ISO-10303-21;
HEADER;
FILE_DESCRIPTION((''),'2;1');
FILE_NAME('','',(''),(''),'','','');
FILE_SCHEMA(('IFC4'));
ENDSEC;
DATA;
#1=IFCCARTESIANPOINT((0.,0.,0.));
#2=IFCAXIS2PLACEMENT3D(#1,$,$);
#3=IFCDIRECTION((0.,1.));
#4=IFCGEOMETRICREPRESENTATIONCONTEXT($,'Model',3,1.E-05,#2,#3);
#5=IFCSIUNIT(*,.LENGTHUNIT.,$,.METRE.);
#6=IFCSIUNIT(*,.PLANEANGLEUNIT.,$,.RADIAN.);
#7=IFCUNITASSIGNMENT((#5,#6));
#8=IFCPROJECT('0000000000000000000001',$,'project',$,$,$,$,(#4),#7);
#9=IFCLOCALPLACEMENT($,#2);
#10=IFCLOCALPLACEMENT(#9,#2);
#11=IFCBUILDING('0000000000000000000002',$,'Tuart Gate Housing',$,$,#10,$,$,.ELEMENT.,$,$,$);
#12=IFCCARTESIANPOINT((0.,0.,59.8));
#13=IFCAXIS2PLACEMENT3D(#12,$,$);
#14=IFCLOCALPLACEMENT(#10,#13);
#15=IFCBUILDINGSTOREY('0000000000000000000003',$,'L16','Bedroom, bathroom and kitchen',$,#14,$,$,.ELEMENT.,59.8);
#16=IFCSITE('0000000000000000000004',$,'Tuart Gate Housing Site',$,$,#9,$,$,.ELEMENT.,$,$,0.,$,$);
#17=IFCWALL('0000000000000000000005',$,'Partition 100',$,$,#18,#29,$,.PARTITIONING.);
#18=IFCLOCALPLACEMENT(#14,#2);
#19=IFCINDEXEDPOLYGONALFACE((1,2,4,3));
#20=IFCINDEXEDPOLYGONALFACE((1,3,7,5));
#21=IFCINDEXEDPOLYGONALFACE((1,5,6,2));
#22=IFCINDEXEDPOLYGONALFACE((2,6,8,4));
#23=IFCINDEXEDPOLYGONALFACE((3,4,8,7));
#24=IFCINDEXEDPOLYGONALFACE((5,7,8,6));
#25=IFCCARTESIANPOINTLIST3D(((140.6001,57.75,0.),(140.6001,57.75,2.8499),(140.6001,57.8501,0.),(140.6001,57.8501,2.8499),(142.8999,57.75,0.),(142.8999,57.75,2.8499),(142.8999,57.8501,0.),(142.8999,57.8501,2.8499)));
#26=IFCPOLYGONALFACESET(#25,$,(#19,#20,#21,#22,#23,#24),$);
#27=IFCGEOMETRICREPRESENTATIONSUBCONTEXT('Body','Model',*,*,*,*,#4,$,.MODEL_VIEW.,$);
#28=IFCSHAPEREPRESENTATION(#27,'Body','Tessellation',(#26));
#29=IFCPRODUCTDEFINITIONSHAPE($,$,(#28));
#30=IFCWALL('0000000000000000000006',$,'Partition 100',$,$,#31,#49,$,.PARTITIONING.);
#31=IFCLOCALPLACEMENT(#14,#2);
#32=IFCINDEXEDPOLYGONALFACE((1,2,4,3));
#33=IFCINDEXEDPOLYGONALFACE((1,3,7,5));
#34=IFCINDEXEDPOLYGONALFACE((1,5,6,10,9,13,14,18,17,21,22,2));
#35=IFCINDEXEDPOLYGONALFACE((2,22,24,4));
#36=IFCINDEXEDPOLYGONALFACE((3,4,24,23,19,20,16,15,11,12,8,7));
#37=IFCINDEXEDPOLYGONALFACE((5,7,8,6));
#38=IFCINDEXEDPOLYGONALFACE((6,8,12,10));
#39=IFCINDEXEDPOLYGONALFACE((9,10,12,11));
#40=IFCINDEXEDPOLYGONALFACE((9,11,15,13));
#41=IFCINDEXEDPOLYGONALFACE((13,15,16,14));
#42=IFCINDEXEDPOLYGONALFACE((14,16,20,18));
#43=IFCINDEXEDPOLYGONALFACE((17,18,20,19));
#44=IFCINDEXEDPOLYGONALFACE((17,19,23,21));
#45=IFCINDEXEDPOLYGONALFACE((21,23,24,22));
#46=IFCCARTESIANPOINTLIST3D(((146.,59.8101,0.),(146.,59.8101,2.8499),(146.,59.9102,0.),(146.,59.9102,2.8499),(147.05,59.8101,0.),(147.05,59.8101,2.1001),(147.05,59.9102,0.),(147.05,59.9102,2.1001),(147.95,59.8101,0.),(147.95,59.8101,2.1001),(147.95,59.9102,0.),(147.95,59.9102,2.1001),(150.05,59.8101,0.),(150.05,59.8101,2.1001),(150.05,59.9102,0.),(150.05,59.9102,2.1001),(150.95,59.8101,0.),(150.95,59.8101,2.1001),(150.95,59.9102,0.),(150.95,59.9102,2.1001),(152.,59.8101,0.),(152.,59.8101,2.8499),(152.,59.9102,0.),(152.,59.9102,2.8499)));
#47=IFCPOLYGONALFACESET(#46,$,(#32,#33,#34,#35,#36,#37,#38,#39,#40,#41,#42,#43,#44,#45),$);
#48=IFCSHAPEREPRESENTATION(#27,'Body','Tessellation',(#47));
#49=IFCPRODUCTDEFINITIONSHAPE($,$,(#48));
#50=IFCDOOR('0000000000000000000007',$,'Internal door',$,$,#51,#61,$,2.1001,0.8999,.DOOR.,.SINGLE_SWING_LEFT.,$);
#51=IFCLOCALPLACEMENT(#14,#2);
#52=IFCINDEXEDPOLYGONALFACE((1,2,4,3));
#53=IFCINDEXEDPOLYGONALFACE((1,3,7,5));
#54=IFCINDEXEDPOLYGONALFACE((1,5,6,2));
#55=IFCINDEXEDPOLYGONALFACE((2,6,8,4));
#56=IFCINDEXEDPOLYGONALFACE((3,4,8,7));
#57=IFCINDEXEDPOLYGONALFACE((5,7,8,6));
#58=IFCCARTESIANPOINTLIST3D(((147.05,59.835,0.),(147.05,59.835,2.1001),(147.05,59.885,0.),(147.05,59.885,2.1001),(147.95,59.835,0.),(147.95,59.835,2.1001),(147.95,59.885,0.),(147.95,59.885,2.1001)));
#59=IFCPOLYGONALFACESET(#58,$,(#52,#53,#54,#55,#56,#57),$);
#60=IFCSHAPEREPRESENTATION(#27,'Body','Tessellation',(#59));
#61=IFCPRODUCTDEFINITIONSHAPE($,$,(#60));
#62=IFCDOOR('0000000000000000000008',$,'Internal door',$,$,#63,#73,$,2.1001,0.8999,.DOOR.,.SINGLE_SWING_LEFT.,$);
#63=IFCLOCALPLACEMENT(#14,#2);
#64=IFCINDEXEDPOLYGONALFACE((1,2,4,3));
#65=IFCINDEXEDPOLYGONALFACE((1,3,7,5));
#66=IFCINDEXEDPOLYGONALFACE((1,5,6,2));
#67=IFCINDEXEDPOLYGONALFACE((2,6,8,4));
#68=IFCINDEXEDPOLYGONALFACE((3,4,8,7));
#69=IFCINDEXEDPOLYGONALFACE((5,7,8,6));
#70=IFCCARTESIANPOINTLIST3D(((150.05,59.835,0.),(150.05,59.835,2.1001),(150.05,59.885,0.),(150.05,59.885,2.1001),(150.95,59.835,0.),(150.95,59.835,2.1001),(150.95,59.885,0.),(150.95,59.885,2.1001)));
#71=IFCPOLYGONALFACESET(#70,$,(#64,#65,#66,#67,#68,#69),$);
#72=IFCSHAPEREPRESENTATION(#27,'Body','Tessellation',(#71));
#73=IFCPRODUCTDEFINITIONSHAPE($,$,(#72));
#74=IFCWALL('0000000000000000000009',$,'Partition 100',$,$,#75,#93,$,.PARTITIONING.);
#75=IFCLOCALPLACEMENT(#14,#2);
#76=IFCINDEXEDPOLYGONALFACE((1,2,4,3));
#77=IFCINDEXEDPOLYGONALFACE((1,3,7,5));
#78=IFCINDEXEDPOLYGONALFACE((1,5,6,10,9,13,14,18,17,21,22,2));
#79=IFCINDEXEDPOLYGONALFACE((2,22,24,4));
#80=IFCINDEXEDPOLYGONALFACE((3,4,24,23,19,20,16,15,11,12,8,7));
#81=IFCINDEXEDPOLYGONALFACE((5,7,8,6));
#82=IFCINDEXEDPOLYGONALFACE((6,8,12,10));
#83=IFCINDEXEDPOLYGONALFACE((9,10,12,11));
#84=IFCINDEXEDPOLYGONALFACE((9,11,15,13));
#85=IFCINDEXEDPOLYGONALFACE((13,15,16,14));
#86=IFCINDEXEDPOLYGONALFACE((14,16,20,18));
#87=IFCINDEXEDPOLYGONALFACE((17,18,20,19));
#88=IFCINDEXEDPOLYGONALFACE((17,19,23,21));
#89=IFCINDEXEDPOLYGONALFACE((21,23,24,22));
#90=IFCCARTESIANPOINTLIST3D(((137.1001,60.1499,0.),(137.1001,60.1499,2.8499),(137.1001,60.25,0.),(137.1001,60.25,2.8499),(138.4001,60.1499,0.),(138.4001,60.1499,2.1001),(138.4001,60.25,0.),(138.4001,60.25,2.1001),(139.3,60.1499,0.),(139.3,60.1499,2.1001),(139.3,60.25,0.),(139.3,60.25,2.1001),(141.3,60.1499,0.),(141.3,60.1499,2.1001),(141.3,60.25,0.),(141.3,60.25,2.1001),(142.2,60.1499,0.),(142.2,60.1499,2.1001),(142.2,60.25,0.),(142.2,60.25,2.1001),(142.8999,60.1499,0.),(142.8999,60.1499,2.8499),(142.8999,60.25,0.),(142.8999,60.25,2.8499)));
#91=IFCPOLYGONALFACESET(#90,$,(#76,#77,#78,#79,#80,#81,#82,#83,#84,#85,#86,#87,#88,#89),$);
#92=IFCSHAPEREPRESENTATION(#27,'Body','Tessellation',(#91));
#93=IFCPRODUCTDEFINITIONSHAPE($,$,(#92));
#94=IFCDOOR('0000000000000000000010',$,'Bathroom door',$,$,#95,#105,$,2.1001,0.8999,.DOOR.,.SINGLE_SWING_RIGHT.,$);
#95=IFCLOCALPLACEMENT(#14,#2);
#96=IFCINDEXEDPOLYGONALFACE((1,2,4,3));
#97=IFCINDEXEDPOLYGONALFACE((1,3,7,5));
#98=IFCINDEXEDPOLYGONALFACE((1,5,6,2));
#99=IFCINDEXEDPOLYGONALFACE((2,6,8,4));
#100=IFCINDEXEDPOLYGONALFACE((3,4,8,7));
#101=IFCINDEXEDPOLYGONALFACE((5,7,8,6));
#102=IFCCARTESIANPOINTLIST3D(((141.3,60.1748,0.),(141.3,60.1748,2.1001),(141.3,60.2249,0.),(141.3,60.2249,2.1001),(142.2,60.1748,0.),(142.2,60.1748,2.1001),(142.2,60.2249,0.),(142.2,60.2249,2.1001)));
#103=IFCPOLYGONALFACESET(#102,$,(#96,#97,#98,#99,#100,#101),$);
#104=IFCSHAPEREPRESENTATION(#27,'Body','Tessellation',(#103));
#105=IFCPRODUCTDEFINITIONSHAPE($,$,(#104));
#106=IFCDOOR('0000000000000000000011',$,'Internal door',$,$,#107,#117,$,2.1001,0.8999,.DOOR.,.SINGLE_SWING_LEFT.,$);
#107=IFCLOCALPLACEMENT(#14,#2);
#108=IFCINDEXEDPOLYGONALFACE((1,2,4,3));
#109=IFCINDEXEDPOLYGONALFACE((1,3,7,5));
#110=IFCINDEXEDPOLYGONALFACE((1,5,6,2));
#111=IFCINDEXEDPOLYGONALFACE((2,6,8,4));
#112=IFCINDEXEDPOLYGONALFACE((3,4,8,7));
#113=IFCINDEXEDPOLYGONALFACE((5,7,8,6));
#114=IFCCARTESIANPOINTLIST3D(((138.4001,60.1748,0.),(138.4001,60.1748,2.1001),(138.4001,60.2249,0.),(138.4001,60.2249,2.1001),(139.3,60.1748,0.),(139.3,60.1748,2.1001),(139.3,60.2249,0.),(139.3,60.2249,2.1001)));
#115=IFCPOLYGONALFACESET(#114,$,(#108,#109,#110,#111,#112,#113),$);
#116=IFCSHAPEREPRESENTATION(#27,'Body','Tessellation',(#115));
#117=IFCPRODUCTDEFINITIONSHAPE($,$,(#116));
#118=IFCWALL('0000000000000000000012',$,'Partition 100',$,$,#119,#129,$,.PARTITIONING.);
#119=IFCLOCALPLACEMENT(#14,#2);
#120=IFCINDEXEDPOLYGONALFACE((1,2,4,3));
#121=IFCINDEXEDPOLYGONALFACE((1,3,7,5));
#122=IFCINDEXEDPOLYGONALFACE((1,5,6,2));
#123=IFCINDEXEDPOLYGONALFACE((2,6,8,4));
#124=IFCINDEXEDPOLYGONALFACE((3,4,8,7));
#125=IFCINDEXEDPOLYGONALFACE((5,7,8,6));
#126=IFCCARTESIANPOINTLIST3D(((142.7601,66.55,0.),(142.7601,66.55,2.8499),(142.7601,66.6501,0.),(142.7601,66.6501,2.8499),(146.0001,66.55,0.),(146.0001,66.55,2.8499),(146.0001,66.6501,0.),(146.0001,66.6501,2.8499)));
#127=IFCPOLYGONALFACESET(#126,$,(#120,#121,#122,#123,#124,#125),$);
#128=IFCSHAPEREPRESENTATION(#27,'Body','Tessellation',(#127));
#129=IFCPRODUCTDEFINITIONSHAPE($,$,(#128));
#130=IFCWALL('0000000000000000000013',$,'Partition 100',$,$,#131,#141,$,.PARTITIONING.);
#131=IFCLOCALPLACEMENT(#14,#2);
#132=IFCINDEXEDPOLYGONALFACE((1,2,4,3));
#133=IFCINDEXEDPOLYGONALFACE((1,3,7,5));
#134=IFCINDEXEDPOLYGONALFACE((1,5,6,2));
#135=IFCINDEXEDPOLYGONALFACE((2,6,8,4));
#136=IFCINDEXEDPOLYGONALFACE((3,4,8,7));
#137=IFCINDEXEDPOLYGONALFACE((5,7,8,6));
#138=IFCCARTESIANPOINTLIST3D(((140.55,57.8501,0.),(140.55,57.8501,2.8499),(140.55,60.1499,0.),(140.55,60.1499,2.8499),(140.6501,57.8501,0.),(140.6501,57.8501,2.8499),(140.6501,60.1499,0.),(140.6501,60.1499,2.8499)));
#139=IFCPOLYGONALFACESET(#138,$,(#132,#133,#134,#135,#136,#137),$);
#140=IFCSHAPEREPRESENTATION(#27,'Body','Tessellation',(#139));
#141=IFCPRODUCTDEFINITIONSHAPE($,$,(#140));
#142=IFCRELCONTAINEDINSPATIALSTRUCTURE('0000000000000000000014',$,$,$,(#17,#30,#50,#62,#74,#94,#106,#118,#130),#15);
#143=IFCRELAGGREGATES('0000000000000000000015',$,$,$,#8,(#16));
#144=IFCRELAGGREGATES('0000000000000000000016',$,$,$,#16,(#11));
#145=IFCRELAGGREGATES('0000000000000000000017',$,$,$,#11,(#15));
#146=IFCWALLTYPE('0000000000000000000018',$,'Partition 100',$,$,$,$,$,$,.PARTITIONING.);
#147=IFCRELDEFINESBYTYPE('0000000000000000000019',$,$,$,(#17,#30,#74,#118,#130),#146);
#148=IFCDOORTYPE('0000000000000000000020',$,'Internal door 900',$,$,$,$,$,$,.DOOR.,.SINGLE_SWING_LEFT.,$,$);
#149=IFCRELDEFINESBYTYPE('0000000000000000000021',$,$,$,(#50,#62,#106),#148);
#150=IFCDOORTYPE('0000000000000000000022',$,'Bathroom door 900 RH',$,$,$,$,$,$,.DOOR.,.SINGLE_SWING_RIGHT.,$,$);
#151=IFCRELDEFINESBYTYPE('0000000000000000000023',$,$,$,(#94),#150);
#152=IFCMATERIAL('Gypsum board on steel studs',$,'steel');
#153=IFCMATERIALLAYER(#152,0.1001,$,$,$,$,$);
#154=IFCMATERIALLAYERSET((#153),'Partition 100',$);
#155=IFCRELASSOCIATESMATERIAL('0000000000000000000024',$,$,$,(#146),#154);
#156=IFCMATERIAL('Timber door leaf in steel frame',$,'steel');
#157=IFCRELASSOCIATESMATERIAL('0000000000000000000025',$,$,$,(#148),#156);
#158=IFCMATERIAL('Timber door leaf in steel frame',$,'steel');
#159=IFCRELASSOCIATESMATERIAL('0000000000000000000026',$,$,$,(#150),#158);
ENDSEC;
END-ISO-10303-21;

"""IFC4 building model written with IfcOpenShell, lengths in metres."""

from ifc_helpers import new_model, si_unit, direction, frame, frame_2d, origin, place, context, subcontext, project, spatial, rectangle, extrude, material, layer, layer_set, type_object, element, fill, save


model = new_model("IFC4")

# Units and contexts
model_context = context("Model", 3, precision=1e-05, world=origin(), true_north=direction((0.0, 1.0)))
body_context = subcontext(model_context, "Body", "Model", "MODEL_VIEW")
ifc_project = project(units=[si_unit("LENGTHUNIT", "METRE"), si_unit("PLANEANGLEUNIT", "RADIAN")], contexts=[model_context])

# Site, building, storey
site_placement = place(None, origin())
site = spatial("IfcSite", under=ifc_project, at=site_placement, Name="Tuart Gate Housing Site", CompositionType="ELEMENT", RefElevation=0.0)
building_placement = place(site_placement, origin())
building = spatial("IfcBuilding", under=site, at=building_placement, Name="Tuart Gate Housing", CompositionType="ELEMENT")
storey_placement = place(building_placement, frame((0.0, 0.0, 59.8)))
storey = spatial("IfcBuildingStorey", under=building, at=storey_placement, Name="L16", Description="Bedroom, bathroom and kitchen", CompositionType="ELEMENT", Elevation=59.8)

# Wall
ifc_material_1 = material(Name="Gypsum board on steel studs", Category="steel")
ifc_layer_1 = layer(ifc_material_1, 0.1001)
ifc_layer_set_1 = layer_set([ifc_layer_1], Name="Partition 100")
wall_type_1 = type_object("IfcWallType", Name="Partition 100", PredefinedType="PARTITIONING", material=ifc_layer_set_1)
wall_1_placement = place(storey_placement, frame((140.6001, 57.8, 0.0), z_axis=(0.0, 0.0, 1.0), x_axis=(1.0, 0.0, 0.0)))
element("IfcWall", 1, at=wall_1_placement, inside=storey, type_object=wall_type_1, Name="Partition 100", PredefinedType="PARTITIONING", context=body_context, shape_type="SweptSolid", body=[
    extrude(rectangle(XDim=2.2998, YDim=0.1001, at=frame_2d((1.1499, 0.0))), origin(), (0.0, 0.0, 1.0), 2.8499),
])

# Walls, openings, doors
wall_2_placement = place(storey_placement, frame((146.0, 59.8601, 0.0), z_axis=(0.0, 0.0, 1.0), x_axis=(1.0, 0.0, 0.0)))
wall_2 = element("IfcWall", 2, at=wall_2_placement, inside=storey, type_object=wall_type_1, Name="Partition 100", PredefinedType="PARTITIONING", context=body_context, shape_type="SweptSolid", body=[
    extrude(rectangle(XDim=6.0, YDim=0.1001, at=frame_2d((3.0, 0.0))), origin(), (0.0, 0.0, 1.0), 2.8499),
])
opening_1_placement = place(wall_2_placement, frame((1.05, 0.0, 0.0)))
opening_1 = element("IfcOpeningElement", 3, at=opening_1_placement, cuts=wall_2, PredefinedType="OPENING", context=body_context, shape_type="SweptSolid", body=[
    extrude(rectangle(XDim=0.8999, YDim=2.1001, at=frame_2d((0.45, 1.05))), frame((0.0, 0.0601, 0.0), z_axis=(0.0, -1.0, 0.0), x_axis=(1.0, 0.0, 0.0)), (0.0, 0.0, 1.0), 0.1201),
])
opening_2_placement = place(wall_2_placement, frame((4.05, 0.0, 0.0)))
opening_2 = element("IfcOpeningElement", 4, at=opening_2_placement, cuts=wall_2, PredefinedType="OPENING", context=body_context, shape_type="SweptSolid", body=[
    extrude(rectangle(XDim=0.8999, YDim=2.1001, at=frame_2d((0.45, 1.05))), frame((0.0, 0.0601, 0.0), z_axis=(0.0, -1.0, 0.0), x_axis=(1.0, 0.0, 0.0)), (0.0, 0.0, 1.0), 0.1201),
])
ifc_material_2 = material(Name="Timber door leaf in steel frame", Category="steel")
door_type_1 = type_object("IfcDoorType", Name="Internal door 900", OperationType="SINGLE_SWING_LEFT", PredefinedType="DOOR", material=ifc_material_2)
door_1_placement = place(opening_1_placement, origin())
door_1 = element("IfcDoor", 5, at=door_1_placement, inside=storey, type_object=door_type_1, Name="Internal door", OperationType="SINGLE_SWING_LEFT", OverallHeight=2.1001, OverallWidth=0.8999, PredefinedType="DOOR", context=body_context, shape_type="SweptSolid", body=[
    extrude(rectangle(XDim=0.8999, YDim=2.1001, at=frame_2d((0.45, 1.05))), frame((0.0, 0.0249, 0.0), z_axis=(0.0, -1.0, 0.0), x_axis=(1.0, 0.0, 0.0)), (0.0, 0.0, 1.0), 0.05),
])
fill(opening_1, door_1)
door_2_placement = place(opening_2_placement, origin())
door_2 = element("IfcDoor", 6, at=door_2_placement, inside=storey, type_object=door_type_1, Name="Internal door", OperationType="SINGLE_SWING_LEFT", OverallHeight=2.1001, OverallWidth=0.8999, PredefinedType="DOOR", context=body_context, shape_type="SweptSolid", body=[
    extrude(rectangle(XDim=0.8999, YDim=2.1001, at=frame_2d((0.45, 1.05))), frame((0.0, 0.0249, 0.0), z_axis=(0.0, -1.0, 0.0), x_axis=(1.0, 0.0, 0.0)), (0.0, 0.0, 1.0), 0.05),
])
fill(opening_2, door_2)
wall_3_placement = place(storey_placement, frame((137.1001, 60.2, 0.0), z_axis=(0.0, 0.0, 1.0), x_axis=(1.0, 0.0, 0.0)))
wall_3 = element("IfcWall", 7, at=wall_3_placement, inside=storey, type_object=wall_type_1, Name="Partition 100", PredefinedType="PARTITIONING", context=body_context, shape_type="SweptSolid", body=[
    extrude(rectangle(XDim=5.7998, YDim=0.1001, at=frame_2d((2.8999, 0.0))), origin(), (0.0, 0.0, 1.0), 2.8499),
])
opening_3_placement = place(wall_3_placement, frame((1.3, 0.0, 0.0)))
opening_3 = element("IfcOpeningElement", 8, at=opening_3_placement, cuts=wall_3, PredefinedType="OPENING", context=body_context, shape_type="SweptSolid", body=[
    extrude(rectangle(XDim=0.8999, YDim=2.1001, at=frame_2d((0.45, 1.05))), frame((0.0, 0.0601, 0.0), z_axis=(0.0, -1.0, 0.0), x_axis=(1.0, 0.0, 0.0)), (0.0, 0.0, 1.0), 0.1201),
])
opening_4_placement = place(wall_3_placement, frame((4.2, 0.0, 0.0)))
opening_4 = element("IfcOpeningElement", 9, at=opening_4_placement, cuts=wall_3, PredefinedType="OPENING", context=body_context, shape_type="SweptSolid", body=[
    extrude(rectangle(XDim=0.8999, YDim=2.1001, at=frame_2d((0.45, 1.05))), frame((0.0, 0.0601, 0.0), z_axis=(0.0, -1.0, 0.0), x_axis=(1.0, 0.0, 0.0)), (0.0, 0.0, 1.0), 0.1201),
])
ifc_material_3 = material(Name="Timber door leaf in steel frame", Category="steel")
door_type_2 = type_object("IfcDoorType", Name="Bathroom door 900 RH", OperationType="SINGLE_SWING_RIGHT", PredefinedType="DOOR", material=ifc_material_3)
door_3_placement = place(opening_4_placement, frame((0.8999, 0.0, 0.0), z_axis=(0.0, 0.0, 1.0), x_axis=(-1.0, 0.0, 0.0)))
door_3 = element("IfcDoor", 10, at=door_3_placement, inside=storey, type_object=door_type_2, Name="Bathroom door", OperationType="SINGLE_SWING_RIGHT", OverallHeight=2.1001, OverallWidth=0.8999, PredefinedType="DOOR", context=body_context, shape_type="SweptSolid", body=[
    extrude(rectangle(XDim=0.8999, YDim=2.1001, at=frame_2d((0.45, 1.05))), frame((0.0, 0.0251, 0.0), z_axis=(0.0, -1.0, 0.0), x_axis=(1.0, 0.0, 0.0)), (0.0, 0.0, 1.0), 0.05),
])
fill(opening_4, door_3)
door_4_placement = place(opening_3_placement, origin())
door_4 = element("IfcDoor", 11, at=door_4_placement, inside=storey, type_object=door_type_1, Name="Internal door", OperationType="SINGLE_SWING_LEFT", OverallHeight=2.1001, OverallWidth=0.8999, PredefinedType="DOOR", context=body_context, shape_type="SweptSolid", body=[
    extrude(rectangle(XDim=0.8999, YDim=2.1001, at=frame_2d((0.45, 1.05))), frame((0.0, 0.0249, 0.0), z_axis=(0.0, -1.0, 0.0), x_axis=(1.0, 0.0, 0.0)), (0.0, 0.0, 1.0), 0.05),
])
fill(opening_3, door_4)

# Walls
wall_4_placement = place(storey_placement, frame((142.76, 66.6001, 0.0), z_axis=(0.0, 0.0, 1.0), x_axis=(1.0, 0.0, 0.0)))
element("IfcWall", 12, at=wall_4_placement, inside=storey, type_object=wall_type_1, Name="Partition 100", PredefinedType="PARTITIONING", context=body_context, shape_type="SweptSolid", body=[
    extrude(rectangle(XDim=3.24, YDim=0.1001, at=frame_2d((1.6201, 0.0))), origin(), (0.0, 0.0, 1.0), 2.8499),
])
wall_5_placement = place(storey_placement, frame((140.6001, 57.8501, 0.0), z_axis=(0.0, 0.0, 1.0), x_axis=(0.0, 1.0, 0.0)))
element("IfcWall", 13, at=wall_5_placement, inside=storey, type_object=wall_type_1, Name="Partition 100", PredefinedType="PARTITIONING", context=body_context, shape_type="SweptSolid", body=[
    extrude(rectangle(XDim=2.2998, YDim=0.1001, at=frame_2d((1.1499, 0.0))), origin(), (0.0, 0.0, 1.0), 2.8499),
])

save(model, "model.ifc")
